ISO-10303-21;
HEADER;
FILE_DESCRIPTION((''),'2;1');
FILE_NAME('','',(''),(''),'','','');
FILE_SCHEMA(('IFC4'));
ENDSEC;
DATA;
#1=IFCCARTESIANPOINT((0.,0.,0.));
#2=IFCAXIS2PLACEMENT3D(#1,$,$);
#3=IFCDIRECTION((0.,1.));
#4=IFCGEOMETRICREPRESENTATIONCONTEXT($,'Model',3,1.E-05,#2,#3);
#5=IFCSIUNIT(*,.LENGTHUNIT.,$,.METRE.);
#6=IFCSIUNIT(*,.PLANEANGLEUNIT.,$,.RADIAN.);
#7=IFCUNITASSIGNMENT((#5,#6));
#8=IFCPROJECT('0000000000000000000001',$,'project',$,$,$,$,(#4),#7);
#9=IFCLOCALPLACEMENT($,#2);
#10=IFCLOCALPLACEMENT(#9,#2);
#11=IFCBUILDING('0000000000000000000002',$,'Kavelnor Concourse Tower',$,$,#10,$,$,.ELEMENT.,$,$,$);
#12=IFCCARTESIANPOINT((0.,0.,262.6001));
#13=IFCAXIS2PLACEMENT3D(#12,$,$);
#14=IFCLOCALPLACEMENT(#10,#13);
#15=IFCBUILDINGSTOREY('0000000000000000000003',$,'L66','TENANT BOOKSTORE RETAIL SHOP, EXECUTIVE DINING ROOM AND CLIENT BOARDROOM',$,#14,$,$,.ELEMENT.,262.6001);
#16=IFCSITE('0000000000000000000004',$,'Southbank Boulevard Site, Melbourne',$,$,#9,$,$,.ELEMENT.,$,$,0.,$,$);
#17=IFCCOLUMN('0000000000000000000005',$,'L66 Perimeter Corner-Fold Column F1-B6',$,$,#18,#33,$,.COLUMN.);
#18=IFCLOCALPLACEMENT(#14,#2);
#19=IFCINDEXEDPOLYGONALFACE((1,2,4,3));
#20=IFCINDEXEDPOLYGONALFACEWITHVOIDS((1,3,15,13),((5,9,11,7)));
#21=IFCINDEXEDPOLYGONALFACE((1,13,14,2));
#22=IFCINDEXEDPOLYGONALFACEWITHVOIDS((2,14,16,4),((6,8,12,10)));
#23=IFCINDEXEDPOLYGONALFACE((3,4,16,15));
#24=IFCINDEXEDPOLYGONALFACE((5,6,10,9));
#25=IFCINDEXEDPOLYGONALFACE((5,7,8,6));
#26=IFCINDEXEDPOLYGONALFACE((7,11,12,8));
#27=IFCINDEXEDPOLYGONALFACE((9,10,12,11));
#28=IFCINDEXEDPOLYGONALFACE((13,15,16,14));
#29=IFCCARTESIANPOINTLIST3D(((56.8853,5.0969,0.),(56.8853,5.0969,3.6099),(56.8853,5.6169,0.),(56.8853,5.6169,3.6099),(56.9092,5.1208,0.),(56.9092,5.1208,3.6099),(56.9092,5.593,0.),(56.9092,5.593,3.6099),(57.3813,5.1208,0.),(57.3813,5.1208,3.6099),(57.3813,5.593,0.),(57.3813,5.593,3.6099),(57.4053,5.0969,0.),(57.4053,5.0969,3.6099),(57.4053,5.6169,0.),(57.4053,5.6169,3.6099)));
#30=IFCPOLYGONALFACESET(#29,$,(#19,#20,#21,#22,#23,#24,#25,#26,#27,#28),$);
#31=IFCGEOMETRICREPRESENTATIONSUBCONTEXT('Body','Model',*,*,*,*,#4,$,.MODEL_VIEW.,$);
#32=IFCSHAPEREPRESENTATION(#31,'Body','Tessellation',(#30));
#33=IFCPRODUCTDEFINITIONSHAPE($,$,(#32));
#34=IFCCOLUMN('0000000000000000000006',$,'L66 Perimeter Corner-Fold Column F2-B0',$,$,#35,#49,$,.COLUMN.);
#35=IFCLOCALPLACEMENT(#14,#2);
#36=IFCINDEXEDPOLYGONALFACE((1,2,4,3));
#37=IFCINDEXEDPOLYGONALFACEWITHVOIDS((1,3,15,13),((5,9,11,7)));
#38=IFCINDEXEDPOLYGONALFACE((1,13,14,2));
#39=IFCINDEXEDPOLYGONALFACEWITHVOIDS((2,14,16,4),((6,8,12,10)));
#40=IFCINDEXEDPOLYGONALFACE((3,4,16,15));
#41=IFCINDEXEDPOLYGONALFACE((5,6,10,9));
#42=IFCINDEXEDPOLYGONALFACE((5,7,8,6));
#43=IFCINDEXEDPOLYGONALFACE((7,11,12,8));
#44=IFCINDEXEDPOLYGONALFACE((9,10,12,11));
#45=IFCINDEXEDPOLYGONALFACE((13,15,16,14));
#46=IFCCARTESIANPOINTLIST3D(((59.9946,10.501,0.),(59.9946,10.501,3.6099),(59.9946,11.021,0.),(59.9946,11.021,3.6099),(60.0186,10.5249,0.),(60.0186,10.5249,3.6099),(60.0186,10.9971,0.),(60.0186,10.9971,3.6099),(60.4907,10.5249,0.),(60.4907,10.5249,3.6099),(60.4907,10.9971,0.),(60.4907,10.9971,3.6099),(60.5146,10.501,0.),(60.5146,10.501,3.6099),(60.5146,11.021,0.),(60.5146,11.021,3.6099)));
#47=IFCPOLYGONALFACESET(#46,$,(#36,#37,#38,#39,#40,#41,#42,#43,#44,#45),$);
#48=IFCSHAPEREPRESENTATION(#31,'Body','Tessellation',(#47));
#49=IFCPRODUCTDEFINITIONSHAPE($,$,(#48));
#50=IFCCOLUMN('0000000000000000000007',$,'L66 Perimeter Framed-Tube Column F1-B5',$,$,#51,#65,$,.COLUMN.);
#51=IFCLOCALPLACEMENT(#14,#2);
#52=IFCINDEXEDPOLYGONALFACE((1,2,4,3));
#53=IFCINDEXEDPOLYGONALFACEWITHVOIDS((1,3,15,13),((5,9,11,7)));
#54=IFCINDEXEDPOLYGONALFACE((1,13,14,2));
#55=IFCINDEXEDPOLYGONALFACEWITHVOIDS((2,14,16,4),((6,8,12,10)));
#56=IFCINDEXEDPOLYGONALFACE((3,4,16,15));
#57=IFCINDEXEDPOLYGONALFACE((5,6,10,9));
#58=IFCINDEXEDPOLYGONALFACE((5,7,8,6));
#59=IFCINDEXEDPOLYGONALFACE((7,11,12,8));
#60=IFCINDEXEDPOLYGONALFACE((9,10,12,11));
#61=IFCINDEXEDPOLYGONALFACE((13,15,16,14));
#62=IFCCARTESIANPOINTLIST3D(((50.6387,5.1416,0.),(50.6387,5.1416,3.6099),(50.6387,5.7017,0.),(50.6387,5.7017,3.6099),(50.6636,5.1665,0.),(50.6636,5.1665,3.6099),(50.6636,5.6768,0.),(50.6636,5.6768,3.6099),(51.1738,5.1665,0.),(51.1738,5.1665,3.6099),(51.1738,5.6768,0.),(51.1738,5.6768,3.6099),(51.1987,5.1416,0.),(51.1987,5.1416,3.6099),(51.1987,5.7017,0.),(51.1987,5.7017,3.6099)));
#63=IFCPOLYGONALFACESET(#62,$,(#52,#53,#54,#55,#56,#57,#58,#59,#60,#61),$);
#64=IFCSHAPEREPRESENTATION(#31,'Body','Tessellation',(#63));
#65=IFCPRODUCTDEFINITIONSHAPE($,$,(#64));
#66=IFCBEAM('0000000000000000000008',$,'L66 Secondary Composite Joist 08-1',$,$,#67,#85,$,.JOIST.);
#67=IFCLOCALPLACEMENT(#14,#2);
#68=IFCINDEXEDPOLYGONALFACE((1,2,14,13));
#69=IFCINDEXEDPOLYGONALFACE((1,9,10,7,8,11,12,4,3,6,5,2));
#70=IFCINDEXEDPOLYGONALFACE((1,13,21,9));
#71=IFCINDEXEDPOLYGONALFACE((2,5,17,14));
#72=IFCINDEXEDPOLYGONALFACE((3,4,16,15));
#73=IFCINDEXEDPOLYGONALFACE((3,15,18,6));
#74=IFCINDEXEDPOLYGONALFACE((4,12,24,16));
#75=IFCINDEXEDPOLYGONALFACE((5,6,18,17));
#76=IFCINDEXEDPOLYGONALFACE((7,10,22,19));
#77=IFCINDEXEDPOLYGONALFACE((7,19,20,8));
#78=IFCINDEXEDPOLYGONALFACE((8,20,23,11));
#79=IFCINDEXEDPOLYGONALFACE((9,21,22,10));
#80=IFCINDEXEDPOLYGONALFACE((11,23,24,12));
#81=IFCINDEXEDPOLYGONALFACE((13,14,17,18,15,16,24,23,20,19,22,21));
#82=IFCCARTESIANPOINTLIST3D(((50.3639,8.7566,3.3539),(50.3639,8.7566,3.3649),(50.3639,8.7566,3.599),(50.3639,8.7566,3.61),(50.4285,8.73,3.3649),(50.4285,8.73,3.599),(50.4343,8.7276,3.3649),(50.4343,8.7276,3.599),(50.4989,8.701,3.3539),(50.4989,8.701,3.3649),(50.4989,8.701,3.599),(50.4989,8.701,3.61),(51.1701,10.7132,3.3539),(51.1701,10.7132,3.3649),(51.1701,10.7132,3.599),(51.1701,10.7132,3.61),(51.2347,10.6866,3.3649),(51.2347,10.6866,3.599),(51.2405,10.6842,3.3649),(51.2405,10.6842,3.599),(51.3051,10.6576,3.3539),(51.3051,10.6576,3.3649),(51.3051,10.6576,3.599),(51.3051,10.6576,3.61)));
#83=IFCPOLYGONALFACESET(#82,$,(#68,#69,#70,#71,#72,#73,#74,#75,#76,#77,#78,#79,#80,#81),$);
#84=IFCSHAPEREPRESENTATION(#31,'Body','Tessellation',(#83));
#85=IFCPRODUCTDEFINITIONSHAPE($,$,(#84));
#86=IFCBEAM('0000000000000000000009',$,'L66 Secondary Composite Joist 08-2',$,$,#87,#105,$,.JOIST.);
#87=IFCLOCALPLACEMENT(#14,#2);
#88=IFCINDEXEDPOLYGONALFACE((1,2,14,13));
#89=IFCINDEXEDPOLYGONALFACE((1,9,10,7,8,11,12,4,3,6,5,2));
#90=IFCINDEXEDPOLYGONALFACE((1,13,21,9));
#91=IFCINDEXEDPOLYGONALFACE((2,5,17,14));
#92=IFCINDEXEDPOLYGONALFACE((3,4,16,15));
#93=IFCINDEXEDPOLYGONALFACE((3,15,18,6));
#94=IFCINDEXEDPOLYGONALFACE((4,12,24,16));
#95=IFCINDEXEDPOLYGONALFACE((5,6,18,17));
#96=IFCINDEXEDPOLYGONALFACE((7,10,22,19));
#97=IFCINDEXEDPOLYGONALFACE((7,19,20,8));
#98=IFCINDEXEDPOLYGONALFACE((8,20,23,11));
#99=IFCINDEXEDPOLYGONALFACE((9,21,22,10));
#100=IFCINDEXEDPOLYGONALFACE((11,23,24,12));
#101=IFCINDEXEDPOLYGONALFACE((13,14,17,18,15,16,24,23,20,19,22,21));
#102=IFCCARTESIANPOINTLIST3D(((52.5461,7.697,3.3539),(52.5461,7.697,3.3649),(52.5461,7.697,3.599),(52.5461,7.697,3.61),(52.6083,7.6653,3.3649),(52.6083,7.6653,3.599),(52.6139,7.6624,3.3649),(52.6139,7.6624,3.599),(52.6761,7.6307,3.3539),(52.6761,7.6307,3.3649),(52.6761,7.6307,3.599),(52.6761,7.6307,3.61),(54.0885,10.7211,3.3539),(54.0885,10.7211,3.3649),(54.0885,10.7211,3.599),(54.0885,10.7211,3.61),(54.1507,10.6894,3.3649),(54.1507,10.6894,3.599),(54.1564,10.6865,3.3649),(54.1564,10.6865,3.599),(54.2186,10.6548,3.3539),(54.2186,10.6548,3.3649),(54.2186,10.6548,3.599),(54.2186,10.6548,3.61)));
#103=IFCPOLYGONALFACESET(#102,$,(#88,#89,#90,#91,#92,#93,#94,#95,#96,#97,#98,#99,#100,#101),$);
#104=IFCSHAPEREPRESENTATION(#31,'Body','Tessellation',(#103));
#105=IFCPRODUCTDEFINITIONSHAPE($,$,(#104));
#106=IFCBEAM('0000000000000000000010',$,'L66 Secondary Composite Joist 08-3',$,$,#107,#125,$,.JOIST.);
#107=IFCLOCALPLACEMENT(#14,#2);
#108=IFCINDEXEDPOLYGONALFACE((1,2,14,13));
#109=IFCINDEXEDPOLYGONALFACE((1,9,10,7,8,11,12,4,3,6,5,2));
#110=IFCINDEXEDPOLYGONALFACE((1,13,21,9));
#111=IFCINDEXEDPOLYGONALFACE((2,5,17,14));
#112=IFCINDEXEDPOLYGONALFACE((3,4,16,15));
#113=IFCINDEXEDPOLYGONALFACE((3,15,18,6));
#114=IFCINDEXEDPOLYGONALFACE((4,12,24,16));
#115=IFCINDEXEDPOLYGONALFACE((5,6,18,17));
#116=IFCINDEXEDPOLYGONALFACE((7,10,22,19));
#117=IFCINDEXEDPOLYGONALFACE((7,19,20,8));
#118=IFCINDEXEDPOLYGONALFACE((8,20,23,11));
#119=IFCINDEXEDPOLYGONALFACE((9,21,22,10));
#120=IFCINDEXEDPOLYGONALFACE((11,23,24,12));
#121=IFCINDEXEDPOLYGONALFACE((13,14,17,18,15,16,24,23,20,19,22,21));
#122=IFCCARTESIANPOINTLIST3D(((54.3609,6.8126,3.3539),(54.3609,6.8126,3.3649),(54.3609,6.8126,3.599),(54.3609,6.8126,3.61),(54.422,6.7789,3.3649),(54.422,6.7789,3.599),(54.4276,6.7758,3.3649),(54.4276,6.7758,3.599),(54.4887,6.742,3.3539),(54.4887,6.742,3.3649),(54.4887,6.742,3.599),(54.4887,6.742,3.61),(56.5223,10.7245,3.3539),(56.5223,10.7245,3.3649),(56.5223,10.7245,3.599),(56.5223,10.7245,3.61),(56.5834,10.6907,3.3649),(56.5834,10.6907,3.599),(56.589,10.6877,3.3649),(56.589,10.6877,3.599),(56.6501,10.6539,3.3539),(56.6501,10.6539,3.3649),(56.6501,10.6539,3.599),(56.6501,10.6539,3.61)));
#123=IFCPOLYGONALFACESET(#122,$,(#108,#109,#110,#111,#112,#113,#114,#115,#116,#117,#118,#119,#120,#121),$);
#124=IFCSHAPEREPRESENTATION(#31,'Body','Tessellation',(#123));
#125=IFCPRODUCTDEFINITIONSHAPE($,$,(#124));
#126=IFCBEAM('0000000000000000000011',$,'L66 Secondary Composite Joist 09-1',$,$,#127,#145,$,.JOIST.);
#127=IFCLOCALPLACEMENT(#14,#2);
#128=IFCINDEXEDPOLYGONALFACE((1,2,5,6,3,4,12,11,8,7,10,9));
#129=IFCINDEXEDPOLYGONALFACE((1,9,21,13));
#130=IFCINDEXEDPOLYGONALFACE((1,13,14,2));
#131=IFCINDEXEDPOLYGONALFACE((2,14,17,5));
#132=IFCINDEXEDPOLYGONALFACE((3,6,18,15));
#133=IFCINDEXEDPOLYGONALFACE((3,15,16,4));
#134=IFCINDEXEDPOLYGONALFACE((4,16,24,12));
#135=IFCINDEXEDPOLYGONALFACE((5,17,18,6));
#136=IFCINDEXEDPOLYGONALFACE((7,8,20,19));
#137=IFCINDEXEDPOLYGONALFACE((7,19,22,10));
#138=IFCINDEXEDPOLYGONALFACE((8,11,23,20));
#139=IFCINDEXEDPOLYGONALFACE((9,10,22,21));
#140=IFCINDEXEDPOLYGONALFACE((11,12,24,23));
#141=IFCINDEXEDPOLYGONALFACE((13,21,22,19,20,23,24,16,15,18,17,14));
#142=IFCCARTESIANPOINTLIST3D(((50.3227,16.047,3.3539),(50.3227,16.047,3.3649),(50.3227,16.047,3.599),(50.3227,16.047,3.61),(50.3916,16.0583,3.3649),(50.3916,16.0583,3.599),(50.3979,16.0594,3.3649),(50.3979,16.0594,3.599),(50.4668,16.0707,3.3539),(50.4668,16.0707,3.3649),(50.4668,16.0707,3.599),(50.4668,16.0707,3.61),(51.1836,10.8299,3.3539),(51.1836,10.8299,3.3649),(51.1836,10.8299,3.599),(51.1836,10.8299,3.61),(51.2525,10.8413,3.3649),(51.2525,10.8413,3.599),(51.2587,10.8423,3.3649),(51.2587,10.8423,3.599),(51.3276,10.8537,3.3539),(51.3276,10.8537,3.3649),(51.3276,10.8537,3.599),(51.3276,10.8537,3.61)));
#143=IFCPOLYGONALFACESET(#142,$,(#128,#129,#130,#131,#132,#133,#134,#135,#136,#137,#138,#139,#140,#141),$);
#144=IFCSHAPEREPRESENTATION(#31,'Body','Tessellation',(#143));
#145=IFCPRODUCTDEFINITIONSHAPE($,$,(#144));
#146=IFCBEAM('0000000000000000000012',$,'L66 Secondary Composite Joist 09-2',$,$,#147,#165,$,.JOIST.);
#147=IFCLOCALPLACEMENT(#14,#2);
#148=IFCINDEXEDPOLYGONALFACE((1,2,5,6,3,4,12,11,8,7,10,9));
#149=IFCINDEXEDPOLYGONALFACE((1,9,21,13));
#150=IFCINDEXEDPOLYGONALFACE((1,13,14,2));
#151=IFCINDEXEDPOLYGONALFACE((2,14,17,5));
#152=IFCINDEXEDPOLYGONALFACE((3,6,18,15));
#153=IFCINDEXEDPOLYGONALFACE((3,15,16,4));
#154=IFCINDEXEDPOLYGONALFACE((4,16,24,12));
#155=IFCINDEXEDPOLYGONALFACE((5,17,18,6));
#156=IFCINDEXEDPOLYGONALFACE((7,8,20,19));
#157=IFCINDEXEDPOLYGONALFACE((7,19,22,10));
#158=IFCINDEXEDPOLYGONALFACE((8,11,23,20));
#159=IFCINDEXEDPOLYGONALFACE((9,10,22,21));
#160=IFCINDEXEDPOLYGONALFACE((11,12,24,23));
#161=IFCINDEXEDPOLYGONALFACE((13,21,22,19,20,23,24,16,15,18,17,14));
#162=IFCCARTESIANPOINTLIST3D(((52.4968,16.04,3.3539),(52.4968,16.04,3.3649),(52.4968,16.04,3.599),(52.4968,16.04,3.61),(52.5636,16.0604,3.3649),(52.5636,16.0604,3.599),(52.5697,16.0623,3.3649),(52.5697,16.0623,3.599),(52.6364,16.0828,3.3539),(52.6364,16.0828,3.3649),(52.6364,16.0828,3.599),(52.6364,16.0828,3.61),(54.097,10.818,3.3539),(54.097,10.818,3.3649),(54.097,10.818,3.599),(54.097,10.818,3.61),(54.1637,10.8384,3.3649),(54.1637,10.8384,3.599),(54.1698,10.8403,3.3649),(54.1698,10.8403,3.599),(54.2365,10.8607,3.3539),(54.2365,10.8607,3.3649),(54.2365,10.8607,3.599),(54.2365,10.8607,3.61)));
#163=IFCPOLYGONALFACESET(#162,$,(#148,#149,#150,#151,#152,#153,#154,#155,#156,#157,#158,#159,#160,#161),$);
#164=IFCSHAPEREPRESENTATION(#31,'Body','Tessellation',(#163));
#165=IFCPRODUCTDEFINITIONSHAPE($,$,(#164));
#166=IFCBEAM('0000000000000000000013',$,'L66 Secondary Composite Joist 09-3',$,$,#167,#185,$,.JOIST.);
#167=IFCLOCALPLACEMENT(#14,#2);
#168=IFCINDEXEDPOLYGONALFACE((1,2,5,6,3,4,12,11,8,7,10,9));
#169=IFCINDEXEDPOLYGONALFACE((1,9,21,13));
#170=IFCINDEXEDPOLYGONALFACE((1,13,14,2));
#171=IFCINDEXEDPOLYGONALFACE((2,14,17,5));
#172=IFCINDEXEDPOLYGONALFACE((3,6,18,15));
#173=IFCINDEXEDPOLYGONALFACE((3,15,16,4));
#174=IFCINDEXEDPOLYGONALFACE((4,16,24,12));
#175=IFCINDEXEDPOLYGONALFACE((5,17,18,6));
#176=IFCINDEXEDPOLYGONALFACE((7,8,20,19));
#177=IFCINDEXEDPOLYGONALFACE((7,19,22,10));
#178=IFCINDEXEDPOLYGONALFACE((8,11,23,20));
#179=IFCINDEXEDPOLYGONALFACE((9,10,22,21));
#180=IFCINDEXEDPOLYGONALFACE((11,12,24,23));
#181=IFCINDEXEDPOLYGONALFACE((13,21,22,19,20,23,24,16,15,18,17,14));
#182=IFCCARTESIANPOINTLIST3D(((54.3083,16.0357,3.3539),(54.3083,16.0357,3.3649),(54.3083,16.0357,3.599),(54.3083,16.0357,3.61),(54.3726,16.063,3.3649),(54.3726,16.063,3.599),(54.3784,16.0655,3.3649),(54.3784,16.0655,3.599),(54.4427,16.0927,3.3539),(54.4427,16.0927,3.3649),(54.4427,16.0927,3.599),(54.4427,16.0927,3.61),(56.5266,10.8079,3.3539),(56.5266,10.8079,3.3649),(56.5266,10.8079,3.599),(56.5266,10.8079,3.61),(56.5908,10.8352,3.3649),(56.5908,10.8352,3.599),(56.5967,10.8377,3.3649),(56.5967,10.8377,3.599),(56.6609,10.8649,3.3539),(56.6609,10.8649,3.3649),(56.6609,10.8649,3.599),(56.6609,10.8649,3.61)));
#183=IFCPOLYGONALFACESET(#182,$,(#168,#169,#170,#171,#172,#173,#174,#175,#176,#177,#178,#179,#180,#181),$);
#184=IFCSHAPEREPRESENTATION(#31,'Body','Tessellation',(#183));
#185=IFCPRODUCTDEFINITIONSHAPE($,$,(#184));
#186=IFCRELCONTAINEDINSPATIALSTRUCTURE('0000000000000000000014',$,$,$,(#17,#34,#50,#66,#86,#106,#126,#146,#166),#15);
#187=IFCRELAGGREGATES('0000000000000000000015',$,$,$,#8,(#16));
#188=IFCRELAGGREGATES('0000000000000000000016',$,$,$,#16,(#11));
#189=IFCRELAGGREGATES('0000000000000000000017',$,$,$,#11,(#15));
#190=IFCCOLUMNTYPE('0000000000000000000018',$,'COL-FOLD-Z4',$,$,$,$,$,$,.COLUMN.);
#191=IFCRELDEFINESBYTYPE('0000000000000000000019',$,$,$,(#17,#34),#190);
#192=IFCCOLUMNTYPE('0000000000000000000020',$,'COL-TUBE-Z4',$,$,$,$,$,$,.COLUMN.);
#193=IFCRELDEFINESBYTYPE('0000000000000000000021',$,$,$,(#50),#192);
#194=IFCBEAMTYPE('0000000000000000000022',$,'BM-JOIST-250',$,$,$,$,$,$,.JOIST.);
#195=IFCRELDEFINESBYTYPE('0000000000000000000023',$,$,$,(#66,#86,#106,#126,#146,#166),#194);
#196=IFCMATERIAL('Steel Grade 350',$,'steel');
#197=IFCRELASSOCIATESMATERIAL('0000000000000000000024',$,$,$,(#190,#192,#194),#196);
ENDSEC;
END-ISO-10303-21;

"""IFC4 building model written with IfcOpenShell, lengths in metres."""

from ifc_helpers import new_model, si_unit, direction, frame, origin, origin_2d, place, context, subcontext, project, spatial, hollow_rectangle, i_section, extrude, material, material_profile, profile_set, type_object, element, save


model = new_model("IFC4")

# Units and contexts
model_context = context("Model", 3, precision=1e-05, world=origin(), true_north=direction((0.0, 1.0)))
body_context = subcontext(model_context, "Body", "Model", "MODEL_VIEW")
ifc_project = project(units=[si_unit("LENGTHUNIT", "METRE"), si_unit("PLANEANGLEUNIT", "RADIAN")], contexts=[model_context])

# Site, building, storey
site_placement = place(None, origin())
site = spatial("IfcSite", under=ifc_project, at=site_placement, Name="Southbank Boulevard Site, Melbourne", CompositionType="ELEMENT", RefElevation=0.0)
building_placement = place(site_placement, origin())
building = spatial("IfcBuilding", under=site, at=building_placement, Name="Kavelnor Concourse Tower", CompositionType="ELEMENT")
storey_placement = place(building_placement, frame((0.0, 0.0, 262.6001)))
storey = spatial("IfcBuildingStorey", under=building, at=storey_placement, Name="L66", Description="TENANT BOOKSTORE RETAIL SHOP, EXECUTIVE DINING ROOM AND CLIENT BOARDROOM", CompositionType="ELEMENT", Elevation=262.6001)

# Columns
ifc_material_1 = material(Name="Steel Grade 350", Category="steel")
ifc_material_profile_1 = material_profile(ifc_material_1, hollow_rectangle(XDim=0.52, YDim=0.52, WallThickness=0.0239, at=origin_2d()), Name="SHS 520x520x24")
ifc_profile_set_1 = profile_set([ifc_material_profile_1], Name="Steel Grade 350")
column_type_1 = type_object("IfcColumnType", Name="COL-FOLD-Z4", PredefinedType="COLUMN", material=ifc_profile_set_1)
for number, where, z_axis, x_axis, name in (
    (1, (57.1453, 5.3569, 0.0), (0.0, 0.0, 1.0), (1.0, 0.0, 0.0), "L66 Perimeter Corner-Fold Column F1-B6"),
    (2, (60.2546, 10.761, 0.0), (0.0, 0.0, 1.0), (1.0, 0.0, 0.0), "L66 Perimeter Corner-Fold Column F2-B0"),
):
    element("IfcColumn", number, at=place(storey_placement, frame(where, z_axis=z_axis, x_axis=x_axis)), inside=storey, type_object=column_type_1, Name=name, PredefinedType="COLUMN", context=body_context, shape_type="SweptSolid", body=[
        extrude(hollow_rectangle(XDim=0.52, YDim=0.52, WallThickness=0.0239, at=origin_2d()), origin(), (0.0, 0.0, 1.0), 3.6099),
    ])
ifc_material_profile_2 = material_profile(ifc_material_1, hollow_rectangle(XDim=0.5601, YDim=0.5601, WallThickness=0.0249, at=origin_2d()), Name="SHS 560x560x25")
ifc_profile_set_2 = profile_set([ifc_material_profile_2], Name="Steel Grade 350")
column_type_2 = type_object("IfcColumnType", Name="COL-TUBE-Z4", PredefinedType="COLUMN", material=ifc_profile_set_2)
column_placement = place(storey_placement, frame((50.9187, 5.4216, 0.0), z_axis=(0.0, 0.0, 1.0), x_axis=(1.0, 0.0, 0.0)))
element("IfcColumn", 3, at=column_placement, inside=storey, type_object=column_type_2, Name="L66 Perimeter Framed-Tube Column F1-B5", PredefinedType="COLUMN", context=body_context, shape_type="SweptSolid", body=[
    extrude(hollow_rectangle(XDim=0.5601, YDim=0.5601, WallThickness=0.0249, at=origin_2d()), origin(), (0.0, 0.0, 1.0), 3.6099),
])

# Beams
ifc_material_profile_3 = material_profile(ifc_material_1, i_section(OverallWidth=0.146, OverallDepth=0.2561, WebThickness=0.0063, FlangeThickness=0.011, at=origin_2d()), Name="250UB37")
ifc_profile_set_3 = profile_set([ifc_material_profile_3], Name="Steel Grade 350")
beam_type_1 = type_object("IfcBeamType", Name="BM-JOIST-250", PredefinedType="JOIST", material=ifc_profile_set_3)
beam_1_placement = place(storey_placement, frame((50.4314, 8.7288, 3.4819), z_axis=(0.380959, 0.924592, 0.0), x_axis=(-0.924592, 0.380959, 0.0)))
element("IfcBeam", 4, at=beam_1_placement, inside=storey, type_object=beam_type_1, Name="L66 Secondary Composite Joist 08-1", PredefinedType="JOIST", context=body_context, shape_type="SweptSolid", body=[
    extrude(i_section(OverallWidth=0.146, OverallDepth=0.2561, WebThickness=0.0063, FlangeThickness=0.011, at=origin_2d()), origin(), (0.0, 0.0, 1.0), 2.1162),
])
beam_2_placement = place(storey_placement, frame((52.6111, 7.6638, 3.4819), z_axis=(0.454362, 0.890817, 0.0), x_axis=(-0.890817, 0.454362, 0.0)))
element("IfcBeam", 5, at=beam_2_placement, inside=storey, type_object=beam_type_1, Name="L66 Secondary Composite Joist 08-2", PredefinedType="JOIST", context=body_context, shape_type="SweptSolid", body=[
    extrude(i_section(OverallWidth=0.146, OverallDepth=0.2561, WebThickness=0.0063, FlangeThickness=0.011, at=origin_2d()), origin(), (0.0, 0.0, 1.0), 3.3948),
])
beam_3_placement = place(storey_placement, frame((54.4248, 6.7773, 3.4819), z_axis=(0.48361, 0.875284, 0.0), x_axis=(-0.875284, 0.48361, 0.0)))
element("IfcBeam", 6, at=beam_3_placement, inside=storey, type_object=beam_type_1, Name="L66 Secondary Composite Joist 08-3", PredefinedType="JOIST", context=body_context, shape_type="SweptSolid", body=[
    extrude(i_section(OverallWidth=0.146, OverallDepth=0.2561, WebThickness=0.0063, FlangeThickness=0.011, at=origin_2d()), origin(), (0.0, 0.0, 1.0), 4.4692),
])
beam_4_placement = place(storey_placement, frame((51.2556, 10.8418, 3.4819), z_axis=(-0.162804, 0.986658, 0.0), x_axis=(-0.986658, -0.162804, 0.0)))
element("IfcBeam", 7, at=beam_4_placement, inside=storey, type_object=beam_type_1, Name="L66 Secondary Composite Joist 09-1", PredefinedType="JOIST", context=body_context, shape_type="SweptSolid", body=[
    extrude(i_section(OverallWidth=0.146, OverallDepth=0.2561, WebThickness=0.0063, FlangeThickness=0.011, at=origin_2d()), origin(), (0.0, 0.0, 1.0), 5.2876),
])
beam_5_placement = place(storey_placement, frame((54.1667, 10.8394, 3.4819), z_axis=(-0.292974, 0.956121, 0.0), x_axis=(-0.956121, -0.292974, 0.0)))
element("IfcBeam", 8, at=beam_5_placement, inside=storey, type_object=beam_type_1, Name="L66 Secondary Composite Joist 09-2", PredefinedType="JOIST", context=body_context, shape_type="SweptSolid", body=[
    extrude(i_section(OverallWidth=0.146, OverallDepth=0.2561, WebThickness=0.0063, FlangeThickness=0.011, at=origin_2d()), origin(), (0.0, 0.0, 1.0), 5.4617),
])
beam_6_placement = place(storey_placement, frame((56.5938, 10.8364, 3.4819), z_axis=(-0.390612, 0.920556, 0.0), x_axis=(-0.920556, -0.390612, 0.0)))
element("IfcBeam", 9, at=beam_6_placement, inside=storey, type_object=beam_type_1, Name="L66 Secondary Composite Joist 09-3", PredefinedType="JOIST", context=body_context, shape_type="SweptSolid", body=[
    extrude(i_section(OverallWidth=0.146, OverallDepth=0.2561, WebThickness=0.0063, FlangeThickness=0.011, at=origin_2d()), origin(), (0.0, 0.0, 1.0), 5.679),
])

save(model, "model.ifc")
